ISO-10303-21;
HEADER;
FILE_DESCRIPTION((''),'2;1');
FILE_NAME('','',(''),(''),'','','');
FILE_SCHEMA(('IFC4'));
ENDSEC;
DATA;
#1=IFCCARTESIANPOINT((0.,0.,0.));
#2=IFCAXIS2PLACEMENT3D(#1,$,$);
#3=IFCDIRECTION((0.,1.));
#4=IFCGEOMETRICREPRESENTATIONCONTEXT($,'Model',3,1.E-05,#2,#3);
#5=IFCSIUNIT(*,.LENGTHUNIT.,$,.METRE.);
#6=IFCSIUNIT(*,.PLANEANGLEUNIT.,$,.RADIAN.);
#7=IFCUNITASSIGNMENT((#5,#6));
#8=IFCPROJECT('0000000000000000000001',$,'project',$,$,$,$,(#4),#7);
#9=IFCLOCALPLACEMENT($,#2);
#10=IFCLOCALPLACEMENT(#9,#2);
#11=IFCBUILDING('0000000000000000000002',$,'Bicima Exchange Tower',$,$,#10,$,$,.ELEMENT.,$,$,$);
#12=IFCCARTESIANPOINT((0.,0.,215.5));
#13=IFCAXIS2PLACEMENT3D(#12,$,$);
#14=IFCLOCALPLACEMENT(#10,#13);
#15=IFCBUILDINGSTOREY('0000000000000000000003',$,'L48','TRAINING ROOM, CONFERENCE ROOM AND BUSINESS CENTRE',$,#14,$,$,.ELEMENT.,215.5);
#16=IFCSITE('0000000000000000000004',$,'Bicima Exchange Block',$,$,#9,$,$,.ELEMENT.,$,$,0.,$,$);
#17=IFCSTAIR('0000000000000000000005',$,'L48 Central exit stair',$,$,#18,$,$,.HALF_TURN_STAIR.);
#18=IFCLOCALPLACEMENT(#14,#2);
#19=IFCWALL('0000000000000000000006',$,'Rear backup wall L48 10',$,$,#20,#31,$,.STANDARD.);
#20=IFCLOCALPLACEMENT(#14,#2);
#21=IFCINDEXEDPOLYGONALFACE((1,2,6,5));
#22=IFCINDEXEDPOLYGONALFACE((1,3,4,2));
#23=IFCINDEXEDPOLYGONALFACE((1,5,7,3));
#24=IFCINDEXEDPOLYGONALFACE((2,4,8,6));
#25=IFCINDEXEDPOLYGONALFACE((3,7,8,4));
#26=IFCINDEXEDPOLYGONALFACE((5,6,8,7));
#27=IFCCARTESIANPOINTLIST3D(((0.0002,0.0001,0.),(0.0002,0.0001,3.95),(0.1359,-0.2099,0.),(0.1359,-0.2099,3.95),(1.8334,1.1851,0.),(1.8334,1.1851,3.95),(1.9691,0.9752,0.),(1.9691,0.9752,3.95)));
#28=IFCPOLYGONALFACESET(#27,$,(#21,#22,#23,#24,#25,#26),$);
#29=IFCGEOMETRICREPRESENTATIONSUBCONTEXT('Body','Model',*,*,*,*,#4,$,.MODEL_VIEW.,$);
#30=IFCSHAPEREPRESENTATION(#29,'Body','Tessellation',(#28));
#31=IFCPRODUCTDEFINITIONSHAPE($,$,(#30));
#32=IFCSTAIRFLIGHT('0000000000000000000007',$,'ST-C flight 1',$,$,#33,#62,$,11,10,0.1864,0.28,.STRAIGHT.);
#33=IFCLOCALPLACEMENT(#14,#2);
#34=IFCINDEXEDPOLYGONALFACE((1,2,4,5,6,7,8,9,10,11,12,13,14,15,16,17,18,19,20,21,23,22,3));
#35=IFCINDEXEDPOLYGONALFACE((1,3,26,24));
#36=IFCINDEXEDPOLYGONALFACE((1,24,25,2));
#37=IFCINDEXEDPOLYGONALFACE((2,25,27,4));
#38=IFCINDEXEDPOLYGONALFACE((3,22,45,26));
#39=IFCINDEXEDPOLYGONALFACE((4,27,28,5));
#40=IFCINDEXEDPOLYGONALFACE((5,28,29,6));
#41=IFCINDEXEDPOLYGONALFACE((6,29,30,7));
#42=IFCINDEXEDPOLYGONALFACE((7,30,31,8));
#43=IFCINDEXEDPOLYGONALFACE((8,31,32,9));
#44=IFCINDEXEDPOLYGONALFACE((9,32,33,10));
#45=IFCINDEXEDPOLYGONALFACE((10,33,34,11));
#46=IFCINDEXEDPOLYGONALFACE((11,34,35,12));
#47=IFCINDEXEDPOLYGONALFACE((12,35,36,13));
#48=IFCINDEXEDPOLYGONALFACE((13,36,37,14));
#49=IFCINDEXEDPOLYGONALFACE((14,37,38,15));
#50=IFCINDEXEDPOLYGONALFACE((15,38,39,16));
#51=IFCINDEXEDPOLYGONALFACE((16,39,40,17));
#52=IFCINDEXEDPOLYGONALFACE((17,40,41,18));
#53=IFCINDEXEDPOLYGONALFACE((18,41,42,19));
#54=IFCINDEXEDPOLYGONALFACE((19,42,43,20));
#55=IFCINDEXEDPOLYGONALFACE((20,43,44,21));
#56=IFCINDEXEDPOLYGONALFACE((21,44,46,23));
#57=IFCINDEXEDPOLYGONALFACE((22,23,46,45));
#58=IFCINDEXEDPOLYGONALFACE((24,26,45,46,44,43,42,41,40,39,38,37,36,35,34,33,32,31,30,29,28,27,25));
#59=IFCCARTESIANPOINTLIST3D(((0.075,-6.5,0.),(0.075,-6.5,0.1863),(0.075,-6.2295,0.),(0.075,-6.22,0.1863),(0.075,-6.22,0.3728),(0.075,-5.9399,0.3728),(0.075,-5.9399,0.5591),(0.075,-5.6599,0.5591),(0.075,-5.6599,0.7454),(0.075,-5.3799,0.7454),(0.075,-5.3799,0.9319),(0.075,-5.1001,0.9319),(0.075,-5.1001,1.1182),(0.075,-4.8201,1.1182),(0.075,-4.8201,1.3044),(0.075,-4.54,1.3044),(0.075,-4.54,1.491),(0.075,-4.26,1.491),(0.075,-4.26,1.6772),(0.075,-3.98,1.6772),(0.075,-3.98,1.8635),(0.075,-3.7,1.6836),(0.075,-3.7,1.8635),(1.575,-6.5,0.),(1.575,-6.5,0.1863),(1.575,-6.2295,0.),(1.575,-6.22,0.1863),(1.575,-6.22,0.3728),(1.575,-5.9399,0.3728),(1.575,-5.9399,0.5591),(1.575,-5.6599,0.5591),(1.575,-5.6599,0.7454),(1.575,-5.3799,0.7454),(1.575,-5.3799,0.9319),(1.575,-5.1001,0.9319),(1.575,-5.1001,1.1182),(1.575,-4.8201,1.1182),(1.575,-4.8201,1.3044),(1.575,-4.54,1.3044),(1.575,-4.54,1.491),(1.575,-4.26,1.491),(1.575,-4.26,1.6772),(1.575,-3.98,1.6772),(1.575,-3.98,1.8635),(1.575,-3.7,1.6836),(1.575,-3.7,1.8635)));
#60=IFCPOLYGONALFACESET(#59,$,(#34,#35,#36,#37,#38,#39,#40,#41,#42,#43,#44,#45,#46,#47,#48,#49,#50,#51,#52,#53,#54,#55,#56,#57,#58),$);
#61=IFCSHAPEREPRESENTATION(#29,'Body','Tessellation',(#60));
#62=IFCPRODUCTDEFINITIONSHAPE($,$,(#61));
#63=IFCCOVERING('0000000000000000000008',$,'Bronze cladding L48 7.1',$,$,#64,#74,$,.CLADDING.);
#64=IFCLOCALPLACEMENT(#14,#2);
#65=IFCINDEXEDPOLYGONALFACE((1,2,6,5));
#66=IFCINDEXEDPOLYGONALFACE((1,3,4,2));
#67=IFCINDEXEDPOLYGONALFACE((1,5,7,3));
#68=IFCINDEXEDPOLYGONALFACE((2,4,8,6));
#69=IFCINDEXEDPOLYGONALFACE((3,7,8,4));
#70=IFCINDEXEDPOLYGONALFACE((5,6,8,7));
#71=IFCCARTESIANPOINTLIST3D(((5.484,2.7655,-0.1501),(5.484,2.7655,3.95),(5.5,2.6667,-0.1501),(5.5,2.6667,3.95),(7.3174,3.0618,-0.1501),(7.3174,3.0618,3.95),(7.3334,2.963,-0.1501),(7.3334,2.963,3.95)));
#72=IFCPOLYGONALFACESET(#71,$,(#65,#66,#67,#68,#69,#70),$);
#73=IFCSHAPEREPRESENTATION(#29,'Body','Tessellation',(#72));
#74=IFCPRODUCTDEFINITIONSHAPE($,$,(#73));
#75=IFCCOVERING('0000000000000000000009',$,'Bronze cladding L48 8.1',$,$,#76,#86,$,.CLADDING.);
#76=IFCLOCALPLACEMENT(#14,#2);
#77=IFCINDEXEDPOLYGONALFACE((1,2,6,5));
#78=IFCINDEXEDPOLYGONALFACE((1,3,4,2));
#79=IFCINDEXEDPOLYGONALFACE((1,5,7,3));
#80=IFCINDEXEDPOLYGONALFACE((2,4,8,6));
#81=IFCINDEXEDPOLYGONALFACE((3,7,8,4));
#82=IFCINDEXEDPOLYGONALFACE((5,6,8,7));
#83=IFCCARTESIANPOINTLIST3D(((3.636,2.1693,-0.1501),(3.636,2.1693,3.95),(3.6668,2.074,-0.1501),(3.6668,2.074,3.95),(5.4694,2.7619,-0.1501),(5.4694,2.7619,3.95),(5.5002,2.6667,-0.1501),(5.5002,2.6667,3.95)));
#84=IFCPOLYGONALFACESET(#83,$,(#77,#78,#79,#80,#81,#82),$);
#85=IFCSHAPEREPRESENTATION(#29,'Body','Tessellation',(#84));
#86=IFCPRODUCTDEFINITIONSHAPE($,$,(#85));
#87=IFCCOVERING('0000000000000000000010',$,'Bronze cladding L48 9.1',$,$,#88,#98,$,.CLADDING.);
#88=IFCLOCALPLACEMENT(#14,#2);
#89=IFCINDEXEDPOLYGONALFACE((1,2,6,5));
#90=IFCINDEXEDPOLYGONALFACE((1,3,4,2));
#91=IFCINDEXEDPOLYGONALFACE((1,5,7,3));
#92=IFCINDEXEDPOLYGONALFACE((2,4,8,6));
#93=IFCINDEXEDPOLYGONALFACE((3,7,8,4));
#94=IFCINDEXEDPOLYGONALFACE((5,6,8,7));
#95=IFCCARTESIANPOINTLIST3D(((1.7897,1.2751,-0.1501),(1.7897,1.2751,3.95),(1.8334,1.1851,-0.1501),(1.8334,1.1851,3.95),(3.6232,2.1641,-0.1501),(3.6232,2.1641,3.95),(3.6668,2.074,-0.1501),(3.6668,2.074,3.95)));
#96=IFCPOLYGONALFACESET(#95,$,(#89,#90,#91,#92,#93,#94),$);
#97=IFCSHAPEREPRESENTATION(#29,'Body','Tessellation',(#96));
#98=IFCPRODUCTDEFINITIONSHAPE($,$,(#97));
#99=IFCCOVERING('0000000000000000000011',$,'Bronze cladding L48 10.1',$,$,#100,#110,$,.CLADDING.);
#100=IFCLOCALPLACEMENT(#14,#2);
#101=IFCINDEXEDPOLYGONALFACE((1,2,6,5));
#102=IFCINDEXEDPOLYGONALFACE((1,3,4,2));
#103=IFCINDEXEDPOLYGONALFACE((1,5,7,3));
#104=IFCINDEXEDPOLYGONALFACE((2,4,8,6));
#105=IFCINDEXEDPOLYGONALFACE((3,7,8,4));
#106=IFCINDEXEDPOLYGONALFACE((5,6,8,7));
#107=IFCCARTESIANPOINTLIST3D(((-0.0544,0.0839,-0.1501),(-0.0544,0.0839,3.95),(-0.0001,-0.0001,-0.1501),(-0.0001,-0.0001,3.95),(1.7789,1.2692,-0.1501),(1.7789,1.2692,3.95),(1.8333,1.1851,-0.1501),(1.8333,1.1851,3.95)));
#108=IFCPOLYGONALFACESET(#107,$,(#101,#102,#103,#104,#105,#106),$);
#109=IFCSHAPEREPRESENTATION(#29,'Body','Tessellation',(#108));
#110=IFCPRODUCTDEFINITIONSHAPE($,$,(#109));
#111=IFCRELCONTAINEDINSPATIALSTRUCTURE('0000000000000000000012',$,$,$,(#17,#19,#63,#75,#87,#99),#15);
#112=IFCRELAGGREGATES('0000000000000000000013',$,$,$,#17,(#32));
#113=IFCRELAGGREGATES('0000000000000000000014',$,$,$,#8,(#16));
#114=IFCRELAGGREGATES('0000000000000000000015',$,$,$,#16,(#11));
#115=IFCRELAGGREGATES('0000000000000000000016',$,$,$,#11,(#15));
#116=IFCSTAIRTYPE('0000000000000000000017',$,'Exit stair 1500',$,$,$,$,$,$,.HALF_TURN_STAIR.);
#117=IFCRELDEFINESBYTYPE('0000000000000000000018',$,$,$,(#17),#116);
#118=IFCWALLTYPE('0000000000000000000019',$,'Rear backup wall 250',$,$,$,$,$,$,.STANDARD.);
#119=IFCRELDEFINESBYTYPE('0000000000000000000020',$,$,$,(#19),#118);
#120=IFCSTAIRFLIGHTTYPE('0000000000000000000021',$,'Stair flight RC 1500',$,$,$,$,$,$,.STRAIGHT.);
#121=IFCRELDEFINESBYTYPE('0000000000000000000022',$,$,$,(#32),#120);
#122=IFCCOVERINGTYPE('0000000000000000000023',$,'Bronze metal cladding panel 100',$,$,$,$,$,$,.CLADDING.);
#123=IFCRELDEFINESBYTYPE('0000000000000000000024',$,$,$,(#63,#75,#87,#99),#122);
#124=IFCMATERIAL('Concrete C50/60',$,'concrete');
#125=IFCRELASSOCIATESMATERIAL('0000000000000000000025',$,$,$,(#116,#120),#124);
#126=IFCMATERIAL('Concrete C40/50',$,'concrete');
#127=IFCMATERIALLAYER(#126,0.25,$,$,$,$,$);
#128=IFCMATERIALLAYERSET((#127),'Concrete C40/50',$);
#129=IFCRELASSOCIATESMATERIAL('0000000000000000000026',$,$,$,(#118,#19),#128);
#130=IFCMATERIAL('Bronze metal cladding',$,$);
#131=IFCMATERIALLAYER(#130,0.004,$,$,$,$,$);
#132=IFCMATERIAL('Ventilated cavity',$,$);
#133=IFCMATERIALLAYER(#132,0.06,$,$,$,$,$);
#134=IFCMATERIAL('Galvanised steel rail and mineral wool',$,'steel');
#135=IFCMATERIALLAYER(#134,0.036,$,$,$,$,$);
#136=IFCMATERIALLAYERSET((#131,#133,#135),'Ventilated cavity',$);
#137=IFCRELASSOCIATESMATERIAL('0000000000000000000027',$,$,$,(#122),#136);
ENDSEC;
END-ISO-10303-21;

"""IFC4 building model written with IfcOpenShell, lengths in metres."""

from ifc_helpers import new_model, si_unit, direction, frame, frame_2d, origin, origin_2d, place, context, subcontext, project, spatial, polyline, rectangle, outline, extrude, material, layer, layer_set, layer_usage, type_object, element, aggregate, save


model = new_model("IFC4")

# Units and contexts
model_context = context("Model", 3, precision=1e-05, world=origin(), true_north=direction((0.0, 1.0)))
body_context = subcontext(model_context, "Body", "Model", "MODEL_VIEW")
ifc_project = project(units=[si_unit("LENGTHUNIT", "METRE"), si_unit("PLANEANGLEUNIT", "RADIAN")], contexts=[model_context])

# Site, building, storey
site_placement = place(None, origin())
site = spatial("IfcSite", under=ifc_project, at=site_placement, Name="Bicima Exchange Block", CompositionType="ELEMENT", RefElevation=0.0)
building_placement = place(site_placement, origin())
building = spatial("IfcBuilding", under=site, at=building_placement, Name="Bicima Exchange Tower", CompositionType="ELEMENT")
storey_placement = place(building_placement, frame((0.0, 0.0, 215.5)))
storey = spatial("IfcBuildingStorey", under=building, at=storey_placement, Name="L48", Description="TRAINING ROOM, CONFERENCE ROOM AND BUSINESS CENTRE", CompositionType="ELEMENT", Elevation=215.5)

# Shared definitions
ifc_material_1 = material(Name="Concrete C40/50", Category="concrete")

# Stair
ifc_material_2 = material(Name="Concrete C50/60", Category="concrete")
stair_type_1 = type_object("IfcStairType", Name="Exit stair 1500", PredefinedType="HALF_TURN_STAIR", material=ifc_material_2)
stair_1_placement = place(storey_placement, origin())
stair_1 = element("IfcStair", 1, at=stair_1_placement, inside=storey, type_object=stair_type_1, Name="L48 Central exit stair", PredefinedType="HALF_TURN_STAIR")

# Wall
ifc_layer_1 = layer(ifc_material_1, 0.25)
ifc_layer_set_1 = layer_set([ifc_layer_1], Name="Concrete C40/50")
ifc_layer_usage = layer_usage(ifc_layer_set_1, "AXIS2", "POSITIVE", -0.125)
wall_type_1 = type_object("IfcWallType", Name="Rear backup wall 250", PredefinedType="STANDARD", material=ifc_layer_set_1)
wall_1_placement = place(storey_placement, frame((1.9011, 1.0801, 0.0), z_axis=(0.0, 0.0, 1.0), x_axis=(-0.839813, -0.542876, 0.0)))
element("IfcWall", 2, at=wall_1_placement, inside=storey, type_object=wall_type_1, material=ifc_layer_usage, Name="Rear backup wall L48 10", PredefinedType="STANDARD", context=body_context, shape_type="SweptSolid", body=[
    extrude(rectangle(XDim=2.1829, YDim=0.25, at=frame_2d((1.0913, 0.0))), origin(), (0.0, 0.0, 1.0), 3.95),
])

# Stair flight
stair_flight_type = type_object("IfcStairFlightType", Name="Stair flight RC 1500", PredefinedType="STRAIGHT", material=ifc_material_2)
stair_flight_placement = place(storey_placement, frame((0.825, -6.5, 0.0), z_axis=(0.0, 0.0, 1.0), x_axis=(0.0, 1.0, 0.0)))
stair_flight = element("IfcStairFlight", 3, at=stair_flight_placement, type_object=stair_flight_type, Name="ST-C flight 1", NumberOfRisers=11, NumberOfTreads=10, PredefinedType="STRAIGHT", RiserHeight=0.1864, TreadLength=0.28, context=body_context, shape_type="SweptSolid", body=[
    extrude(outline(polyline([(0.0, 0.0), (0.0, 0.1863), (0.28, 0.1863), (0.28, 0.3728), (0.5601, 0.3728), (0.5601, 0.5591), (0.8401, 0.5591), (0.8401, 0.7454), (1.1201, 0.7454), (1.1201, 0.9319), (1.3999, 0.9319), (1.3999, 1.1182), (1.6799, 1.1182), (1.6799, 1.3044), (1.96, 1.3044), (1.96, 1.491), (2.24, 1.491), (2.24, 1.6772), (2.52, 1.6772), (2.52, 1.8635), (2.8, 1.8635), (2.8, 2.05), (2.8, 1.6836), (0.2705, 0.0), (0.0, 0.0)])), frame((0.0, 0.75, 0.0), z_axis=(0.0, -1.0, 0.0), x_axis=(1.0, 0.0, 0.0)), (0.0, 0.0, 1.0), 1.5),
])
aggregate(stair_1, [stair_flight])

# Coverings
ifc_material_3 = material(Name="Bronze metal cladding")
ifc_layer_2 = layer(ifc_material_3, 0.004)
ifc_material_4 = material(Name="Ventilated cavity")
ifc_layer_3 = layer(ifc_material_4, 0.06)
ifc_material_5 = material(Name="Galvanised steel rail and mineral wool", Category="steel")
ifc_layer_4 = layer(ifc_material_5, 0.036)
ifc_layer_set_2 = layer_set([ifc_layer_2, ifc_layer_3, ifc_layer_4], Name="Ventilated cavity")
covering_type = type_object("IfcCoveringType", Name="Bronze metal cladding panel 100", PredefinedType="CLADDING", material=ifc_layer_set_2)
covering_1_placement = place(storey_placement, frame((6.4087, 2.8643, -0.1501), z_axis=(0.0, 0.0, 1.0), x_axis=(-0.98719, -0.15955, 0.0)))
element("IfcCovering", 4, at=covering_1_placement, inside=storey, type_object=covering_type, Name="Bronze cladding L48 7.1", PredefinedType="CLADDING", context=body_context, shape_type="SweptSolid", body=[
    extrude(rectangle(XDim=1.8572, YDim=0.1001, at=origin_2d()), origin(), (0.0, 0.0, 1.0), 4.1001),
])
covering_2_placement = place(storey_placement, frame((4.5681, 2.418, -0.1501), z_axis=(0.0, 0.0, 1.0), x_axis=(-0.951525, -0.307573, 0.0)))
element("IfcCovering", 5, at=covering_2_placement, inside=storey, type_object=covering_type, Name="Bronze cladding L48 8.1", PredefinedType="CLADDING", context=body_context, shape_type="SweptSolid", body=[
    extrude(rectangle(XDim=1.9268, YDim=0.1001, at=origin_2d()), origin(), (0.0, 0.0, 1.0), 4.1001),
])
covering_3_placement = place(storey_placement, frame((2.7283, 1.6746, -0.1501), z_axis=(0.0, 0.0, 1.0), x_axis=(-0.899818, -0.436265, 0.0)))
element("IfcCovering", 6, at=covering_3_placement, inside=storey, type_object=covering_type, Name="Bronze cladding L48 9.1", PredefinedType="CLADDING", context=body_context, shape_type="SweptSolid", body=[
    extrude(rectangle(XDim=2.0376, YDim=0.1001, at=origin_2d()), origin(), (0.0, 0.0, 1.0), 4.1001),
])
covering_4_placement = place(storey_placement, frame((0.8894, 0.6345, -0.1501), z_axis=(0.0, 0.0, 1.0), x_axis=(-0.83979, -0.542911, 0.0)))
element("IfcCovering", 7, at=covering_4_placement, inside=storey, type_object=covering_type, Name="Bronze cladding L48 10.1", PredefinedType="CLADDING", context=body_context, shape_type="SweptSolid", body=[
    extrude(rectangle(XDim=2.1831, YDim=0.1001, at=origin_2d()), origin(), (0.0, 0.0, 1.0), 4.1001),
])

save(model, "model.ifc")
